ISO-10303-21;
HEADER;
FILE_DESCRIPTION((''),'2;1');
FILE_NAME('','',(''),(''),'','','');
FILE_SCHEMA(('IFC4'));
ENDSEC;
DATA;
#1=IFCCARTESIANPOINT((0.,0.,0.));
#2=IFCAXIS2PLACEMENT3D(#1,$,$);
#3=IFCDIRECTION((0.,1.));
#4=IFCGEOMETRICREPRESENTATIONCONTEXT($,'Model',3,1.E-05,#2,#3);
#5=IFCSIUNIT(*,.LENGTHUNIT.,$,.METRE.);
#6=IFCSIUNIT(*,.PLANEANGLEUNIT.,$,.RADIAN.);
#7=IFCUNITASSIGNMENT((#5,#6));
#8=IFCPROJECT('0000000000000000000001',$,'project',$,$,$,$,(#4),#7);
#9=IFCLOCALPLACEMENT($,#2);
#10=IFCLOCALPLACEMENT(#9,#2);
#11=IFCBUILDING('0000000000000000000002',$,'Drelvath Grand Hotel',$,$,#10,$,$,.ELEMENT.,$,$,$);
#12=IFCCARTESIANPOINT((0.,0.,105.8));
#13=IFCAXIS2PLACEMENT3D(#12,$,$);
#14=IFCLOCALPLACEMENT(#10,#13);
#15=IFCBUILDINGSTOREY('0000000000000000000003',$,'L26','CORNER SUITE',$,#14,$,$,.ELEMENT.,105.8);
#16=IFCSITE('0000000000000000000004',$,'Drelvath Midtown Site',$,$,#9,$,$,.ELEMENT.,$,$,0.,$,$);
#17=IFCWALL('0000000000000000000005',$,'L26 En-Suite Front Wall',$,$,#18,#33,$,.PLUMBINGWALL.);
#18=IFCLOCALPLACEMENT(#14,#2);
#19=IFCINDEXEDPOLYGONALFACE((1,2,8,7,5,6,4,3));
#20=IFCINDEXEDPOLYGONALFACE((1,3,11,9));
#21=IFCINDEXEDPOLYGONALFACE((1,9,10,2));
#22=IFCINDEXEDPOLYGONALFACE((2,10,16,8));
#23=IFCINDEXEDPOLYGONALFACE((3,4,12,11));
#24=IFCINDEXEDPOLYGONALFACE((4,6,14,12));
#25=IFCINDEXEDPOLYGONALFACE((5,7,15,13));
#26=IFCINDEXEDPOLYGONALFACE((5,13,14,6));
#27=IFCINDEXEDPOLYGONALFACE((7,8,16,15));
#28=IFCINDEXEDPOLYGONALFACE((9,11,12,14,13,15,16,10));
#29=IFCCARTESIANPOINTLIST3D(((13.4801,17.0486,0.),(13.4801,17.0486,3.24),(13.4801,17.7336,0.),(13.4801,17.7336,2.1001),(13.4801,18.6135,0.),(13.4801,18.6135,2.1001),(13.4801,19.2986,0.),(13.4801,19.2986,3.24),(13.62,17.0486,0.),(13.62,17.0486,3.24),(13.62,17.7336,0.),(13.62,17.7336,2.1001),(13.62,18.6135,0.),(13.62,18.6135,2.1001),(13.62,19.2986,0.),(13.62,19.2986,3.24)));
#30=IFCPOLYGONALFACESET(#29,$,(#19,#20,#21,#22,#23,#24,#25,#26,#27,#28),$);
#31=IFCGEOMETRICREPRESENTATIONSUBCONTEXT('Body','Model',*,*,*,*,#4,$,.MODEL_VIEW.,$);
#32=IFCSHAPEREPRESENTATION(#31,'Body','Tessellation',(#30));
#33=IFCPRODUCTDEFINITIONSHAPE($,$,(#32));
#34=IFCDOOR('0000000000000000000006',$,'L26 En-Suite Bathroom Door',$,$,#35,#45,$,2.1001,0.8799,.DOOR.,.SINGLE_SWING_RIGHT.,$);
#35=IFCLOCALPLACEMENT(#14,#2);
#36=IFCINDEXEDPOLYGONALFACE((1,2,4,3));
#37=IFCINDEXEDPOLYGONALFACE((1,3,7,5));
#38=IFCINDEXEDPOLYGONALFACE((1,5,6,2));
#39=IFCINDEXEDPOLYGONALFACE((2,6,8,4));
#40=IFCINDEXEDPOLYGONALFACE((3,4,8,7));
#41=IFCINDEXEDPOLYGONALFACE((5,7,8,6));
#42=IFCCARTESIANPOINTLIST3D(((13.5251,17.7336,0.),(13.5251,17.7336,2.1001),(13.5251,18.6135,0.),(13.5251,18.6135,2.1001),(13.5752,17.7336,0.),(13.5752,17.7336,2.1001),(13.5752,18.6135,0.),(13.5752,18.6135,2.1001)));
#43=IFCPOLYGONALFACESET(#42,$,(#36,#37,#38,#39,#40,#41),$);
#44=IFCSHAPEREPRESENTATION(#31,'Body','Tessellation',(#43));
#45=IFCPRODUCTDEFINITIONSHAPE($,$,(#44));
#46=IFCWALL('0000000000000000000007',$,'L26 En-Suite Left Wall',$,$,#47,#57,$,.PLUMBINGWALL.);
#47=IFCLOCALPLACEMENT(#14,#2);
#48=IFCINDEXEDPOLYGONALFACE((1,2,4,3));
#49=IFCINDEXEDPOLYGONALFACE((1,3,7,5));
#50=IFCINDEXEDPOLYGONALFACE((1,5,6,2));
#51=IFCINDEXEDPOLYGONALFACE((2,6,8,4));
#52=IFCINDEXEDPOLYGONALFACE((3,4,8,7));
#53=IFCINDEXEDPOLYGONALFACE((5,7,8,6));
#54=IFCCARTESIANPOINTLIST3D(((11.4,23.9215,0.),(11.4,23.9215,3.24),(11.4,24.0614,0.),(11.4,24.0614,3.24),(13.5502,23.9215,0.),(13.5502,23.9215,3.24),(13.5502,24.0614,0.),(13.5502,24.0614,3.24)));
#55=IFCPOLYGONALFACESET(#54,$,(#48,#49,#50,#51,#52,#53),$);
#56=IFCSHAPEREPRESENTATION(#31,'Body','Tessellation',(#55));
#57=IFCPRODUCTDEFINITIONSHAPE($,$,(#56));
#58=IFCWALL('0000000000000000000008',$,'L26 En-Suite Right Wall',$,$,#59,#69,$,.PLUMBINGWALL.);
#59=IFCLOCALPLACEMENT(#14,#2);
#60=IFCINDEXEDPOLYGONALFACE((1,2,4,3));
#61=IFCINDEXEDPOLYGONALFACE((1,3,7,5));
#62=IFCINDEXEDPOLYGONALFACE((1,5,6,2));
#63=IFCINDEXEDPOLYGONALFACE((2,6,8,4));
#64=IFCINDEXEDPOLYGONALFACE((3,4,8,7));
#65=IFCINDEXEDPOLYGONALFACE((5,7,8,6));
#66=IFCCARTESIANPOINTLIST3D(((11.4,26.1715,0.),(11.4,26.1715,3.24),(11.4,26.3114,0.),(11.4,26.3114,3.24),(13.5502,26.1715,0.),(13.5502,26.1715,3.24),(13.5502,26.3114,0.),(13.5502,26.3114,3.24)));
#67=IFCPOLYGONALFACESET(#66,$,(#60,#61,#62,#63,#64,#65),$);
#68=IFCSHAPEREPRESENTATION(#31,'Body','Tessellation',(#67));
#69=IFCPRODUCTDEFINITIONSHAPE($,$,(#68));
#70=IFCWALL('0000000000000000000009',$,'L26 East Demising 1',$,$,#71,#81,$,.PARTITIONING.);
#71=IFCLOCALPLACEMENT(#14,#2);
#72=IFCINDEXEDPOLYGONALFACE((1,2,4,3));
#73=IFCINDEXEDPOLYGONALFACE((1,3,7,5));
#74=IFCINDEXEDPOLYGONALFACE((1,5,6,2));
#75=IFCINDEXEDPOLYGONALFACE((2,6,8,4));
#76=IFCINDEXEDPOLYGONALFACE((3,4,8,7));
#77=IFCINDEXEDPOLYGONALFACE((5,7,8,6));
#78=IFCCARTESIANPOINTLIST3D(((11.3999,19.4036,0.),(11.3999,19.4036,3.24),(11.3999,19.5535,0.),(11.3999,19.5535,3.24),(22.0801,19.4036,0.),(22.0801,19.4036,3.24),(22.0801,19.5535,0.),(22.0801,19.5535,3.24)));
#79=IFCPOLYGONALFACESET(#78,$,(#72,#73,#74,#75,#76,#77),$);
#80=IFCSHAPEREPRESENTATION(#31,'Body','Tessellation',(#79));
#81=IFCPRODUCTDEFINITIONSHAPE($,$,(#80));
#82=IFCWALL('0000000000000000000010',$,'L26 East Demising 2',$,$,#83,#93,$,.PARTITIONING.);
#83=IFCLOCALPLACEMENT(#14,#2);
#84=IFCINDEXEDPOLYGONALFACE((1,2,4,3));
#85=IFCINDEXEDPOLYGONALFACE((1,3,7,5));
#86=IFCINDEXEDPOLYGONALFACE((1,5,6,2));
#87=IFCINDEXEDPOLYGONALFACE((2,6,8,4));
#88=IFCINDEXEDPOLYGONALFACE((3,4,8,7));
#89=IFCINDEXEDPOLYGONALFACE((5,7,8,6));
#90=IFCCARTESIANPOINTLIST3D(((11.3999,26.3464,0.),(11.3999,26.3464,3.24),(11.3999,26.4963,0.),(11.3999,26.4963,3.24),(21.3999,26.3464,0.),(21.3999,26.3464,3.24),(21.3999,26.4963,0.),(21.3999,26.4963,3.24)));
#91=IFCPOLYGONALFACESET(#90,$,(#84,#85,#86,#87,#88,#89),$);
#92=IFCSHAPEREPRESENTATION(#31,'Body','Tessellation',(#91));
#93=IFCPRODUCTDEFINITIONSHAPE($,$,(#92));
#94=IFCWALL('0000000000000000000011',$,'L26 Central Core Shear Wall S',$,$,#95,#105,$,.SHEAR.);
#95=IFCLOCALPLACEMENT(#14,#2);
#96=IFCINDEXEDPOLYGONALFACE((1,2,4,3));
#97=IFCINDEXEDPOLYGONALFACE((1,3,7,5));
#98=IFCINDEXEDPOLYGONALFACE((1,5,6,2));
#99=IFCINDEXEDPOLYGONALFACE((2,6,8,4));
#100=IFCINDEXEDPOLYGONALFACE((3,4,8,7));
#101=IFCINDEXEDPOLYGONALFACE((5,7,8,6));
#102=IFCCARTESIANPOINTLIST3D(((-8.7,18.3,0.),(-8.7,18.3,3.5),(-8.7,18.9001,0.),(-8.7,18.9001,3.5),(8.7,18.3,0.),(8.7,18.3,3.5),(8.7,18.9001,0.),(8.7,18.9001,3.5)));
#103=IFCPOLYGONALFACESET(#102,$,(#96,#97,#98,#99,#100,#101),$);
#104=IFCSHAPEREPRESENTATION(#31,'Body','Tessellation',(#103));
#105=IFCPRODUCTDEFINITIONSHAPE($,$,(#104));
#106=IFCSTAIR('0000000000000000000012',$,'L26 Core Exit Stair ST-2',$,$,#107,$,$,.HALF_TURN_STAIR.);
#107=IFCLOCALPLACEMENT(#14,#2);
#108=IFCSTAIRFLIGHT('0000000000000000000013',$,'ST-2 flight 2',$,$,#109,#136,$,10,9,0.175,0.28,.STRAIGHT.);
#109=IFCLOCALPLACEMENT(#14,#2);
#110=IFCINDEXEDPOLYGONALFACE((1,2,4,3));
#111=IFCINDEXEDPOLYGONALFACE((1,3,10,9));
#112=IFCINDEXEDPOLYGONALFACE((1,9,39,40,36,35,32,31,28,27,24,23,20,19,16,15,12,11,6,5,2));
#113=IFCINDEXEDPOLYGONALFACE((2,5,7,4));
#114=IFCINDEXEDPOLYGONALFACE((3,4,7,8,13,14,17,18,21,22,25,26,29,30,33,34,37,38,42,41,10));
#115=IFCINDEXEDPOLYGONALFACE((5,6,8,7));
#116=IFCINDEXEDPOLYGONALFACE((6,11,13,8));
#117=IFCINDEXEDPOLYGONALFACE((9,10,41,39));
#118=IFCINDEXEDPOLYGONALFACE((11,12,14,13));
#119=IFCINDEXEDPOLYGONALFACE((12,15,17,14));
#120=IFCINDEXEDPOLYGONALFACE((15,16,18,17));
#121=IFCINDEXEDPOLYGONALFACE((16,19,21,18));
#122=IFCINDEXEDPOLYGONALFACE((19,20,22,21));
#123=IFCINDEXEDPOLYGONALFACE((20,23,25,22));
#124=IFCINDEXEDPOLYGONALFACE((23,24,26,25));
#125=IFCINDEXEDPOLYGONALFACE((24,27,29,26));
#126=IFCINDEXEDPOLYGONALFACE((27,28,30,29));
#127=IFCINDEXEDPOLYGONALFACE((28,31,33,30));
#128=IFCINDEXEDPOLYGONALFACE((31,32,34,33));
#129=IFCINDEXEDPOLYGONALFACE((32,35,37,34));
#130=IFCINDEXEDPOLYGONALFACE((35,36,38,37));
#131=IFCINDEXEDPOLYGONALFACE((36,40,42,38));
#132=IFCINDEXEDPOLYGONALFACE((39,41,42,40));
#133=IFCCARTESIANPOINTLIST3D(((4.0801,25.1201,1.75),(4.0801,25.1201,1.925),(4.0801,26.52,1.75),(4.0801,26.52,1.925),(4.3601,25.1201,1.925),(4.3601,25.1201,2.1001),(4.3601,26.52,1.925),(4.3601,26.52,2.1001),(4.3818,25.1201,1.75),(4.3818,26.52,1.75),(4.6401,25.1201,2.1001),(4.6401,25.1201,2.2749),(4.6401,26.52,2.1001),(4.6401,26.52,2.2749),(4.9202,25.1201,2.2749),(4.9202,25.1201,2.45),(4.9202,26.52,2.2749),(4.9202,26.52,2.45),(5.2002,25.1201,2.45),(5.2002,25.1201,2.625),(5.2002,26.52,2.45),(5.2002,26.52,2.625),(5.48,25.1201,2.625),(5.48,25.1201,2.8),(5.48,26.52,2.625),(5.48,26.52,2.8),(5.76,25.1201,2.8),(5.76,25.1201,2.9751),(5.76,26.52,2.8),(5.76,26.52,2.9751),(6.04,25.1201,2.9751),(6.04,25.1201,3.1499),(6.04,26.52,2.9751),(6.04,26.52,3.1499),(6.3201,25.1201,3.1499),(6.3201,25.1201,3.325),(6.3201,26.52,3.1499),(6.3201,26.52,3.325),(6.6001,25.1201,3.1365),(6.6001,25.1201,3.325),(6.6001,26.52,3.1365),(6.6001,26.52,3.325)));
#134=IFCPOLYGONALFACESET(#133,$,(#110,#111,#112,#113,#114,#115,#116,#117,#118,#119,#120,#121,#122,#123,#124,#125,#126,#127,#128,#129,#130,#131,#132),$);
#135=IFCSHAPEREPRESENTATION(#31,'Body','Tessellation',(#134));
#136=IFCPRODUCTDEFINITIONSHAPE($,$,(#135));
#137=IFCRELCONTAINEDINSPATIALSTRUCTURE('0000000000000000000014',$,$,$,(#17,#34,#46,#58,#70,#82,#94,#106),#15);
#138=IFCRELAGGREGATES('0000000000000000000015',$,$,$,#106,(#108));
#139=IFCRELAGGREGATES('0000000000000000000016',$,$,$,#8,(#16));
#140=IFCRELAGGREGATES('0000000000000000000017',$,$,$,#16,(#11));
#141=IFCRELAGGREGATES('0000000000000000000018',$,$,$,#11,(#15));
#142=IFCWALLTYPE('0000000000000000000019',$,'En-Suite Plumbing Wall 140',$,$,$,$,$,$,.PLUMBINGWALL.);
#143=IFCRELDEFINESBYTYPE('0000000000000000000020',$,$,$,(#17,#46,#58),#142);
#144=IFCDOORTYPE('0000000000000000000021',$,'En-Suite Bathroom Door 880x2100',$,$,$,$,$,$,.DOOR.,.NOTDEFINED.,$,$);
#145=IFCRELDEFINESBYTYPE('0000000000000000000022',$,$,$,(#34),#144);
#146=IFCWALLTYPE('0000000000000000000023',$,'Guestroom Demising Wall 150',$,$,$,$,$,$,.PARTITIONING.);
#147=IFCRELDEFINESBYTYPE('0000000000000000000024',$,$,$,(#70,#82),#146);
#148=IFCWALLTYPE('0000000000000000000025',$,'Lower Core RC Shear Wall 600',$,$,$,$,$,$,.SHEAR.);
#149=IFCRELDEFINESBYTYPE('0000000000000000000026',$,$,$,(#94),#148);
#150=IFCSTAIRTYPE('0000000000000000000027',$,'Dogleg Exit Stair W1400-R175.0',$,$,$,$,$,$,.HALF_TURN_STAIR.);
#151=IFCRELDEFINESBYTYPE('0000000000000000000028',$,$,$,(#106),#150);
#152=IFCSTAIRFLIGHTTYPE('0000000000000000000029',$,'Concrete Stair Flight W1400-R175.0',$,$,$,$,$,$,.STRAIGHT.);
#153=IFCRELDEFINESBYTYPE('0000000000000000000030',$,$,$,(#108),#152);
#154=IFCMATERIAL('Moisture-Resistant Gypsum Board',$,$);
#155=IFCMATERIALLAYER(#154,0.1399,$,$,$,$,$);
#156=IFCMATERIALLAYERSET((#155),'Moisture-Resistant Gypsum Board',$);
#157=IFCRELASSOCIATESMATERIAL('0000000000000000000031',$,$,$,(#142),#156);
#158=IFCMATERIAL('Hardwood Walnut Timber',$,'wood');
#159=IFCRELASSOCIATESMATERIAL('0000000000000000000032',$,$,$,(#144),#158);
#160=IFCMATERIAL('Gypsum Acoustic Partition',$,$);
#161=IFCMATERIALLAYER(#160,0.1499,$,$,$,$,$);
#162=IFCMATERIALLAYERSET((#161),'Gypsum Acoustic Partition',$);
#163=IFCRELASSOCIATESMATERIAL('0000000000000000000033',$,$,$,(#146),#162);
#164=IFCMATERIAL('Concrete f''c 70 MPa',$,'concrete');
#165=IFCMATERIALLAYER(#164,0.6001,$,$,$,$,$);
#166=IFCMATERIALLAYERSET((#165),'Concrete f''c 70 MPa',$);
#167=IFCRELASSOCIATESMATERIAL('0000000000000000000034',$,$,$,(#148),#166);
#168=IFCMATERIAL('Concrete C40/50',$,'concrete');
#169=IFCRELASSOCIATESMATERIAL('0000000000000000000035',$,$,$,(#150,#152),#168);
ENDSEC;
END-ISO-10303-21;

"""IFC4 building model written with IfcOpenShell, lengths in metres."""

from ifc_helpers import new_model, si_unit, direction, frame, frame_2d, origin, place, context, subcontext, project, spatial, polyline, rectangle, outline, extrude, material, layer, layer_set, type_object, element, fill, aggregate, save


model = new_model("IFC4")

# Units and contexts
model_context = context("Model", 3, precision=1e-05, world=origin(), true_north=direction((0.0, 1.0)))
body_context = subcontext(model_context, "Body", "Model", "MODEL_VIEW")
ifc_project = project(units=[si_unit("LENGTHUNIT", "METRE"), si_unit("PLANEANGLEUNIT", "RADIAN")], contexts=[model_context])

# Site, building, storey
site_placement = place(None, origin())
site = spatial("IfcSite", under=ifc_project, at=site_placement, Name="Drelvath Midtown Site", CompositionType="ELEMENT", RefElevation=0.0)
building_placement = place(site_placement, origin())
building = spatial("IfcBuilding", under=site, at=building_placement, Name="Drelvath Grand Hotel", CompositionType="ELEMENT")
storey_placement = place(building_placement, frame((0.0, 0.0, 105.8)))
storey = spatial("IfcBuildingStorey", under=building, at=storey_placement, Name="L26", Description="CORNER SUITE", CompositionType="ELEMENT", Elevation=105.8)

# Shared definitions
ifc_material_1 = material(Name="Concrete f'c 70 MPa", Category="concrete")

# Shared definitions
ifc_material_2 = material(Name="Concrete C40/50", Category="concrete")

# Shared definitions
ifc_material_3 = material(Name="Moisture-Resistant Gypsum Board")
ifc_layer_1 = layer(ifc_material_3, 0.1399)
ifc_layer_set_1 = layer_set([ifc_layer_1], Name="Moisture-Resistant Gypsum Board")
wall_type_1 = type_object("IfcWallType", Name="En-Suite Plumbing Wall 140", PredefinedType="PLUMBINGWALL", material=ifc_layer_set_1)

# Wall, opening, door
wall_1_placement = place(storey_placement, frame((13.55, 17.0486, 0.0), z_axis=(0.0, 0.0, 1.0), x_axis=(0.0, 1.0, 0.0)))
wall_1 = element("IfcWall", 1, at=wall_1_placement, inside=storey, type_object=wall_type_1, Name="L26 En-Suite Front Wall", PredefinedType="PLUMBINGWALL", context=body_context, shape_type="SweptSolid", body=[
    extrude(rectangle(XDim=2.25, YDim=0.1399, at=frame_2d((1.125, 0.0))), origin(), (0.0, 0.0, 1.0), 3.24),
])
opening_1_placement = place(wall_1_placement, frame((0.6851, 0.0, 0.0)))
opening_1 = element("IfcOpeningElement", 2, at=opening_1_placement, cuts=wall_1, PredefinedType="OPENING", context=body_context, shape_type="SweptSolid", body=[
    extrude(rectangle(XDim=0.8799, YDim=2.1001, at=frame_2d((0.4399, 1.05))), frame((0.0, 0.0798, 0.0), z_axis=(0.0, -1.0, 0.0), x_axis=(1.0, 0.0, 0.0)), (0.0, 0.0, 1.0), 0.1599),
])
ifc_material_4 = material(Name="Hardwood Walnut Timber", Category="wood")
door_type_1 = type_object("IfcDoorType", Name="En-Suite Bathroom Door 880x2100", OperationType="NOTDEFINED", PredefinedType="DOOR", material=ifc_material_4)
door_1_placement = place(opening_1_placement, origin())
door_1 = element("IfcDoor", 3, at=door_1_placement, inside=storey, type_object=door_type_1, Name="L26 En-Suite Bathroom Door", OperationType="SINGLE_SWING_RIGHT", OverallHeight=2.1001, OverallWidth=0.8799, PredefinedType="DOOR", context=body_context, shape_type="SweptSolid", body=[
    extrude(rectangle(XDim=0.8799, YDim=2.1001, at=frame_2d((0.4399, 1.05))), frame((0.0, 0.0249, 0.0), z_axis=(0.0, -1.0, 0.0), x_axis=(1.0, 0.0, 0.0)), (0.0, 0.0, 1.0), 0.05),
])
fill(opening_1, door_1)

# Walls
for number, where, z_axis, x_axis, name in (
    (4, (11.3999, 23.9915, 0.0), (0.0, 0.0, 1.0), (1.0, 0.0, 0.0), "L26 En-Suite Left Wall"),
    (5, (11.3999, 26.2415, 0.0), (0.0, 0.0, 1.0), (1.0, 0.0, 0.0), "L26 En-Suite Right Wall"),
):
    element("IfcWall", number, at=place(storey_placement, frame(where, z_axis=z_axis, x_axis=x_axis)), inside=storey, type_object=wall_type_1, Name=name, PredefinedType="PLUMBINGWALL", context=body_context, shape_type="SweptSolid", body=[
        extrude(rectangle(XDim=2.1501, YDim=0.1399, at=frame_2d((1.0752, 0.0))), origin(), (0.0, 0.0, 1.0), 3.24),
    ])
ifc_material_5 = material(Name="Gypsum Acoustic Partition")
ifc_layer_2 = layer(ifc_material_5, 0.1499)
ifc_layer_set_2 = layer_set([ifc_layer_2], Name="Gypsum Acoustic Partition")
wall_type_2 = type_object("IfcWallType", Name="Guestroom Demising Wall 150", PredefinedType="PARTITIONING", material=ifc_layer_set_2)
wall_2_placement = place(storey_placement, frame((11.3999, 19.4785, 0.0), z_axis=(0.0, 0.0, 1.0), x_axis=(1.0, 0.0, 0.0)))
element("IfcWall", 6, at=wall_2_placement, inside=storey, type_object=wall_type_2, Name="L26 East Demising 1", PredefinedType="PARTITIONING", context=body_context, shape_type="SweptSolid", body=[
    extrude(rectangle(XDim=10.6802, YDim=0.1499, at=frame_2d((5.3401, 0.0))), origin(), (0.0, 0.0, 1.0), 3.24),
])
wall_3_placement = place(storey_placement, frame((11.3999, 26.4214, 0.0), z_axis=(0.0, 0.0, 1.0), x_axis=(1.0, 0.0, 0.0)))
element("IfcWall", 7, at=wall_3_placement, inside=storey, type_object=wall_type_2, Name="L26 East Demising 2", PredefinedType="PARTITIONING", context=body_context, shape_type="SweptSolid", body=[
    extrude(rectangle(XDim=10.0, YDim=0.1499, at=frame_2d((5.0, 0.0))), origin(), (0.0, 0.0, 1.0), 3.24),
])
ifc_layer_3 = layer(ifc_material_1, 0.6001)
ifc_layer_set_3 = layer_set([ifc_layer_3], Name="Concrete f'c 70 MPa")
wall_type_3 = type_object("IfcWallType", Name="Lower Core RC Shear Wall 600", PredefinedType="SHEAR", material=ifc_layer_set_3)
wall_4_placement = place(storey_placement, frame((8.7, 18.6001, 0.0), z_axis=(0.0, 0.0, 1.0), x_axis=(-1.0, 0.0, 0.0)))
element("IfcWall", 8, at=wall_4_placement, inside=storey, type_object=wall_type_3, Name="L26 Central Core Shear Wall S", PredefinedType="SHEAR", context=body_context, shape_type="SweptSolid", body=[
    extrude(rectangle(XDim=17.3999, YDim=0.6001, at=frame_2d((8.7, 0.0))), origin(), (0.0, 0.0, 1.0), 3.5),
])

# Stair, stair flight
stair_type = type_object("IfcStairType", Name="Dogleg Exit Stair W1400-R175.0", PredefinedType="HALF_TURN_STAIR", material=ifc_material_2)
stair_placement = place(storey_placement, origin())
stair = element("IfcStair", 9, at=stair_placement, inside=storey, type_object=stair_type, Name="L26 Core Exit Stair ST-2", PredefinedType="HALF_TURN_STAIR")
stair_flight_type = type_object("IfcStairFlightType", Name="Concrete Stair Flight W1400-R175.0", PredefinedType="STRAIGHT", material=ifc_material_2)
stair_flight_placement = place(storey_placement, frame((4.0801, 25.8201, 1.75), z_axis=(0.0, 0.0, 1.0), x_axis=(1.0, 0.0, 0.0)))
stair_flight = element("IfcStairFlight", 10, at=stair_flight_placement, type_object=stair_flight_type, Name="ST-2 flight 2", NumberOfRisers=10, NumberOfTreads=9, PredefinedType="STRAIGHT", RiserHeight=0.175, TreadLength=0.28, context=body_context, shape_type="SweptSolid", body=[
    extrude(outline(polyline([(0.0, 0.0), (0.0, 0.175), (0.28, 0.175), (0.28, 0.3501), (0.5601, 0.3501), (0.5601, 0.5249), (0.8401, 0.5249), (0.8401, 0.7), (1.1201, 0.7), (1.1201, 0.875), (1.3999, 0.875), (1.3999, 1.05), (1.6799, 1.05), (1.6799, 1.2251), (1.96, 1.2251), (1.96, 1.3999), (2.24, 1.3999), (2.24, 1.575), (2.52, 1.575), (2.52, 1.75), (2.52, 1.3865), (0.3018, 0.0), (0.0, 0.0)])), frame((0.0, 0.7, 0.0), z_axis=(0.0, -1.0, 0.0), x_axis=(1.0, 0.0, 0.0)), (0.0, 0.0, 1.0), 1.3999),
])
aggregate(stair, [stair_flight])

save(model, "model.ifc")
